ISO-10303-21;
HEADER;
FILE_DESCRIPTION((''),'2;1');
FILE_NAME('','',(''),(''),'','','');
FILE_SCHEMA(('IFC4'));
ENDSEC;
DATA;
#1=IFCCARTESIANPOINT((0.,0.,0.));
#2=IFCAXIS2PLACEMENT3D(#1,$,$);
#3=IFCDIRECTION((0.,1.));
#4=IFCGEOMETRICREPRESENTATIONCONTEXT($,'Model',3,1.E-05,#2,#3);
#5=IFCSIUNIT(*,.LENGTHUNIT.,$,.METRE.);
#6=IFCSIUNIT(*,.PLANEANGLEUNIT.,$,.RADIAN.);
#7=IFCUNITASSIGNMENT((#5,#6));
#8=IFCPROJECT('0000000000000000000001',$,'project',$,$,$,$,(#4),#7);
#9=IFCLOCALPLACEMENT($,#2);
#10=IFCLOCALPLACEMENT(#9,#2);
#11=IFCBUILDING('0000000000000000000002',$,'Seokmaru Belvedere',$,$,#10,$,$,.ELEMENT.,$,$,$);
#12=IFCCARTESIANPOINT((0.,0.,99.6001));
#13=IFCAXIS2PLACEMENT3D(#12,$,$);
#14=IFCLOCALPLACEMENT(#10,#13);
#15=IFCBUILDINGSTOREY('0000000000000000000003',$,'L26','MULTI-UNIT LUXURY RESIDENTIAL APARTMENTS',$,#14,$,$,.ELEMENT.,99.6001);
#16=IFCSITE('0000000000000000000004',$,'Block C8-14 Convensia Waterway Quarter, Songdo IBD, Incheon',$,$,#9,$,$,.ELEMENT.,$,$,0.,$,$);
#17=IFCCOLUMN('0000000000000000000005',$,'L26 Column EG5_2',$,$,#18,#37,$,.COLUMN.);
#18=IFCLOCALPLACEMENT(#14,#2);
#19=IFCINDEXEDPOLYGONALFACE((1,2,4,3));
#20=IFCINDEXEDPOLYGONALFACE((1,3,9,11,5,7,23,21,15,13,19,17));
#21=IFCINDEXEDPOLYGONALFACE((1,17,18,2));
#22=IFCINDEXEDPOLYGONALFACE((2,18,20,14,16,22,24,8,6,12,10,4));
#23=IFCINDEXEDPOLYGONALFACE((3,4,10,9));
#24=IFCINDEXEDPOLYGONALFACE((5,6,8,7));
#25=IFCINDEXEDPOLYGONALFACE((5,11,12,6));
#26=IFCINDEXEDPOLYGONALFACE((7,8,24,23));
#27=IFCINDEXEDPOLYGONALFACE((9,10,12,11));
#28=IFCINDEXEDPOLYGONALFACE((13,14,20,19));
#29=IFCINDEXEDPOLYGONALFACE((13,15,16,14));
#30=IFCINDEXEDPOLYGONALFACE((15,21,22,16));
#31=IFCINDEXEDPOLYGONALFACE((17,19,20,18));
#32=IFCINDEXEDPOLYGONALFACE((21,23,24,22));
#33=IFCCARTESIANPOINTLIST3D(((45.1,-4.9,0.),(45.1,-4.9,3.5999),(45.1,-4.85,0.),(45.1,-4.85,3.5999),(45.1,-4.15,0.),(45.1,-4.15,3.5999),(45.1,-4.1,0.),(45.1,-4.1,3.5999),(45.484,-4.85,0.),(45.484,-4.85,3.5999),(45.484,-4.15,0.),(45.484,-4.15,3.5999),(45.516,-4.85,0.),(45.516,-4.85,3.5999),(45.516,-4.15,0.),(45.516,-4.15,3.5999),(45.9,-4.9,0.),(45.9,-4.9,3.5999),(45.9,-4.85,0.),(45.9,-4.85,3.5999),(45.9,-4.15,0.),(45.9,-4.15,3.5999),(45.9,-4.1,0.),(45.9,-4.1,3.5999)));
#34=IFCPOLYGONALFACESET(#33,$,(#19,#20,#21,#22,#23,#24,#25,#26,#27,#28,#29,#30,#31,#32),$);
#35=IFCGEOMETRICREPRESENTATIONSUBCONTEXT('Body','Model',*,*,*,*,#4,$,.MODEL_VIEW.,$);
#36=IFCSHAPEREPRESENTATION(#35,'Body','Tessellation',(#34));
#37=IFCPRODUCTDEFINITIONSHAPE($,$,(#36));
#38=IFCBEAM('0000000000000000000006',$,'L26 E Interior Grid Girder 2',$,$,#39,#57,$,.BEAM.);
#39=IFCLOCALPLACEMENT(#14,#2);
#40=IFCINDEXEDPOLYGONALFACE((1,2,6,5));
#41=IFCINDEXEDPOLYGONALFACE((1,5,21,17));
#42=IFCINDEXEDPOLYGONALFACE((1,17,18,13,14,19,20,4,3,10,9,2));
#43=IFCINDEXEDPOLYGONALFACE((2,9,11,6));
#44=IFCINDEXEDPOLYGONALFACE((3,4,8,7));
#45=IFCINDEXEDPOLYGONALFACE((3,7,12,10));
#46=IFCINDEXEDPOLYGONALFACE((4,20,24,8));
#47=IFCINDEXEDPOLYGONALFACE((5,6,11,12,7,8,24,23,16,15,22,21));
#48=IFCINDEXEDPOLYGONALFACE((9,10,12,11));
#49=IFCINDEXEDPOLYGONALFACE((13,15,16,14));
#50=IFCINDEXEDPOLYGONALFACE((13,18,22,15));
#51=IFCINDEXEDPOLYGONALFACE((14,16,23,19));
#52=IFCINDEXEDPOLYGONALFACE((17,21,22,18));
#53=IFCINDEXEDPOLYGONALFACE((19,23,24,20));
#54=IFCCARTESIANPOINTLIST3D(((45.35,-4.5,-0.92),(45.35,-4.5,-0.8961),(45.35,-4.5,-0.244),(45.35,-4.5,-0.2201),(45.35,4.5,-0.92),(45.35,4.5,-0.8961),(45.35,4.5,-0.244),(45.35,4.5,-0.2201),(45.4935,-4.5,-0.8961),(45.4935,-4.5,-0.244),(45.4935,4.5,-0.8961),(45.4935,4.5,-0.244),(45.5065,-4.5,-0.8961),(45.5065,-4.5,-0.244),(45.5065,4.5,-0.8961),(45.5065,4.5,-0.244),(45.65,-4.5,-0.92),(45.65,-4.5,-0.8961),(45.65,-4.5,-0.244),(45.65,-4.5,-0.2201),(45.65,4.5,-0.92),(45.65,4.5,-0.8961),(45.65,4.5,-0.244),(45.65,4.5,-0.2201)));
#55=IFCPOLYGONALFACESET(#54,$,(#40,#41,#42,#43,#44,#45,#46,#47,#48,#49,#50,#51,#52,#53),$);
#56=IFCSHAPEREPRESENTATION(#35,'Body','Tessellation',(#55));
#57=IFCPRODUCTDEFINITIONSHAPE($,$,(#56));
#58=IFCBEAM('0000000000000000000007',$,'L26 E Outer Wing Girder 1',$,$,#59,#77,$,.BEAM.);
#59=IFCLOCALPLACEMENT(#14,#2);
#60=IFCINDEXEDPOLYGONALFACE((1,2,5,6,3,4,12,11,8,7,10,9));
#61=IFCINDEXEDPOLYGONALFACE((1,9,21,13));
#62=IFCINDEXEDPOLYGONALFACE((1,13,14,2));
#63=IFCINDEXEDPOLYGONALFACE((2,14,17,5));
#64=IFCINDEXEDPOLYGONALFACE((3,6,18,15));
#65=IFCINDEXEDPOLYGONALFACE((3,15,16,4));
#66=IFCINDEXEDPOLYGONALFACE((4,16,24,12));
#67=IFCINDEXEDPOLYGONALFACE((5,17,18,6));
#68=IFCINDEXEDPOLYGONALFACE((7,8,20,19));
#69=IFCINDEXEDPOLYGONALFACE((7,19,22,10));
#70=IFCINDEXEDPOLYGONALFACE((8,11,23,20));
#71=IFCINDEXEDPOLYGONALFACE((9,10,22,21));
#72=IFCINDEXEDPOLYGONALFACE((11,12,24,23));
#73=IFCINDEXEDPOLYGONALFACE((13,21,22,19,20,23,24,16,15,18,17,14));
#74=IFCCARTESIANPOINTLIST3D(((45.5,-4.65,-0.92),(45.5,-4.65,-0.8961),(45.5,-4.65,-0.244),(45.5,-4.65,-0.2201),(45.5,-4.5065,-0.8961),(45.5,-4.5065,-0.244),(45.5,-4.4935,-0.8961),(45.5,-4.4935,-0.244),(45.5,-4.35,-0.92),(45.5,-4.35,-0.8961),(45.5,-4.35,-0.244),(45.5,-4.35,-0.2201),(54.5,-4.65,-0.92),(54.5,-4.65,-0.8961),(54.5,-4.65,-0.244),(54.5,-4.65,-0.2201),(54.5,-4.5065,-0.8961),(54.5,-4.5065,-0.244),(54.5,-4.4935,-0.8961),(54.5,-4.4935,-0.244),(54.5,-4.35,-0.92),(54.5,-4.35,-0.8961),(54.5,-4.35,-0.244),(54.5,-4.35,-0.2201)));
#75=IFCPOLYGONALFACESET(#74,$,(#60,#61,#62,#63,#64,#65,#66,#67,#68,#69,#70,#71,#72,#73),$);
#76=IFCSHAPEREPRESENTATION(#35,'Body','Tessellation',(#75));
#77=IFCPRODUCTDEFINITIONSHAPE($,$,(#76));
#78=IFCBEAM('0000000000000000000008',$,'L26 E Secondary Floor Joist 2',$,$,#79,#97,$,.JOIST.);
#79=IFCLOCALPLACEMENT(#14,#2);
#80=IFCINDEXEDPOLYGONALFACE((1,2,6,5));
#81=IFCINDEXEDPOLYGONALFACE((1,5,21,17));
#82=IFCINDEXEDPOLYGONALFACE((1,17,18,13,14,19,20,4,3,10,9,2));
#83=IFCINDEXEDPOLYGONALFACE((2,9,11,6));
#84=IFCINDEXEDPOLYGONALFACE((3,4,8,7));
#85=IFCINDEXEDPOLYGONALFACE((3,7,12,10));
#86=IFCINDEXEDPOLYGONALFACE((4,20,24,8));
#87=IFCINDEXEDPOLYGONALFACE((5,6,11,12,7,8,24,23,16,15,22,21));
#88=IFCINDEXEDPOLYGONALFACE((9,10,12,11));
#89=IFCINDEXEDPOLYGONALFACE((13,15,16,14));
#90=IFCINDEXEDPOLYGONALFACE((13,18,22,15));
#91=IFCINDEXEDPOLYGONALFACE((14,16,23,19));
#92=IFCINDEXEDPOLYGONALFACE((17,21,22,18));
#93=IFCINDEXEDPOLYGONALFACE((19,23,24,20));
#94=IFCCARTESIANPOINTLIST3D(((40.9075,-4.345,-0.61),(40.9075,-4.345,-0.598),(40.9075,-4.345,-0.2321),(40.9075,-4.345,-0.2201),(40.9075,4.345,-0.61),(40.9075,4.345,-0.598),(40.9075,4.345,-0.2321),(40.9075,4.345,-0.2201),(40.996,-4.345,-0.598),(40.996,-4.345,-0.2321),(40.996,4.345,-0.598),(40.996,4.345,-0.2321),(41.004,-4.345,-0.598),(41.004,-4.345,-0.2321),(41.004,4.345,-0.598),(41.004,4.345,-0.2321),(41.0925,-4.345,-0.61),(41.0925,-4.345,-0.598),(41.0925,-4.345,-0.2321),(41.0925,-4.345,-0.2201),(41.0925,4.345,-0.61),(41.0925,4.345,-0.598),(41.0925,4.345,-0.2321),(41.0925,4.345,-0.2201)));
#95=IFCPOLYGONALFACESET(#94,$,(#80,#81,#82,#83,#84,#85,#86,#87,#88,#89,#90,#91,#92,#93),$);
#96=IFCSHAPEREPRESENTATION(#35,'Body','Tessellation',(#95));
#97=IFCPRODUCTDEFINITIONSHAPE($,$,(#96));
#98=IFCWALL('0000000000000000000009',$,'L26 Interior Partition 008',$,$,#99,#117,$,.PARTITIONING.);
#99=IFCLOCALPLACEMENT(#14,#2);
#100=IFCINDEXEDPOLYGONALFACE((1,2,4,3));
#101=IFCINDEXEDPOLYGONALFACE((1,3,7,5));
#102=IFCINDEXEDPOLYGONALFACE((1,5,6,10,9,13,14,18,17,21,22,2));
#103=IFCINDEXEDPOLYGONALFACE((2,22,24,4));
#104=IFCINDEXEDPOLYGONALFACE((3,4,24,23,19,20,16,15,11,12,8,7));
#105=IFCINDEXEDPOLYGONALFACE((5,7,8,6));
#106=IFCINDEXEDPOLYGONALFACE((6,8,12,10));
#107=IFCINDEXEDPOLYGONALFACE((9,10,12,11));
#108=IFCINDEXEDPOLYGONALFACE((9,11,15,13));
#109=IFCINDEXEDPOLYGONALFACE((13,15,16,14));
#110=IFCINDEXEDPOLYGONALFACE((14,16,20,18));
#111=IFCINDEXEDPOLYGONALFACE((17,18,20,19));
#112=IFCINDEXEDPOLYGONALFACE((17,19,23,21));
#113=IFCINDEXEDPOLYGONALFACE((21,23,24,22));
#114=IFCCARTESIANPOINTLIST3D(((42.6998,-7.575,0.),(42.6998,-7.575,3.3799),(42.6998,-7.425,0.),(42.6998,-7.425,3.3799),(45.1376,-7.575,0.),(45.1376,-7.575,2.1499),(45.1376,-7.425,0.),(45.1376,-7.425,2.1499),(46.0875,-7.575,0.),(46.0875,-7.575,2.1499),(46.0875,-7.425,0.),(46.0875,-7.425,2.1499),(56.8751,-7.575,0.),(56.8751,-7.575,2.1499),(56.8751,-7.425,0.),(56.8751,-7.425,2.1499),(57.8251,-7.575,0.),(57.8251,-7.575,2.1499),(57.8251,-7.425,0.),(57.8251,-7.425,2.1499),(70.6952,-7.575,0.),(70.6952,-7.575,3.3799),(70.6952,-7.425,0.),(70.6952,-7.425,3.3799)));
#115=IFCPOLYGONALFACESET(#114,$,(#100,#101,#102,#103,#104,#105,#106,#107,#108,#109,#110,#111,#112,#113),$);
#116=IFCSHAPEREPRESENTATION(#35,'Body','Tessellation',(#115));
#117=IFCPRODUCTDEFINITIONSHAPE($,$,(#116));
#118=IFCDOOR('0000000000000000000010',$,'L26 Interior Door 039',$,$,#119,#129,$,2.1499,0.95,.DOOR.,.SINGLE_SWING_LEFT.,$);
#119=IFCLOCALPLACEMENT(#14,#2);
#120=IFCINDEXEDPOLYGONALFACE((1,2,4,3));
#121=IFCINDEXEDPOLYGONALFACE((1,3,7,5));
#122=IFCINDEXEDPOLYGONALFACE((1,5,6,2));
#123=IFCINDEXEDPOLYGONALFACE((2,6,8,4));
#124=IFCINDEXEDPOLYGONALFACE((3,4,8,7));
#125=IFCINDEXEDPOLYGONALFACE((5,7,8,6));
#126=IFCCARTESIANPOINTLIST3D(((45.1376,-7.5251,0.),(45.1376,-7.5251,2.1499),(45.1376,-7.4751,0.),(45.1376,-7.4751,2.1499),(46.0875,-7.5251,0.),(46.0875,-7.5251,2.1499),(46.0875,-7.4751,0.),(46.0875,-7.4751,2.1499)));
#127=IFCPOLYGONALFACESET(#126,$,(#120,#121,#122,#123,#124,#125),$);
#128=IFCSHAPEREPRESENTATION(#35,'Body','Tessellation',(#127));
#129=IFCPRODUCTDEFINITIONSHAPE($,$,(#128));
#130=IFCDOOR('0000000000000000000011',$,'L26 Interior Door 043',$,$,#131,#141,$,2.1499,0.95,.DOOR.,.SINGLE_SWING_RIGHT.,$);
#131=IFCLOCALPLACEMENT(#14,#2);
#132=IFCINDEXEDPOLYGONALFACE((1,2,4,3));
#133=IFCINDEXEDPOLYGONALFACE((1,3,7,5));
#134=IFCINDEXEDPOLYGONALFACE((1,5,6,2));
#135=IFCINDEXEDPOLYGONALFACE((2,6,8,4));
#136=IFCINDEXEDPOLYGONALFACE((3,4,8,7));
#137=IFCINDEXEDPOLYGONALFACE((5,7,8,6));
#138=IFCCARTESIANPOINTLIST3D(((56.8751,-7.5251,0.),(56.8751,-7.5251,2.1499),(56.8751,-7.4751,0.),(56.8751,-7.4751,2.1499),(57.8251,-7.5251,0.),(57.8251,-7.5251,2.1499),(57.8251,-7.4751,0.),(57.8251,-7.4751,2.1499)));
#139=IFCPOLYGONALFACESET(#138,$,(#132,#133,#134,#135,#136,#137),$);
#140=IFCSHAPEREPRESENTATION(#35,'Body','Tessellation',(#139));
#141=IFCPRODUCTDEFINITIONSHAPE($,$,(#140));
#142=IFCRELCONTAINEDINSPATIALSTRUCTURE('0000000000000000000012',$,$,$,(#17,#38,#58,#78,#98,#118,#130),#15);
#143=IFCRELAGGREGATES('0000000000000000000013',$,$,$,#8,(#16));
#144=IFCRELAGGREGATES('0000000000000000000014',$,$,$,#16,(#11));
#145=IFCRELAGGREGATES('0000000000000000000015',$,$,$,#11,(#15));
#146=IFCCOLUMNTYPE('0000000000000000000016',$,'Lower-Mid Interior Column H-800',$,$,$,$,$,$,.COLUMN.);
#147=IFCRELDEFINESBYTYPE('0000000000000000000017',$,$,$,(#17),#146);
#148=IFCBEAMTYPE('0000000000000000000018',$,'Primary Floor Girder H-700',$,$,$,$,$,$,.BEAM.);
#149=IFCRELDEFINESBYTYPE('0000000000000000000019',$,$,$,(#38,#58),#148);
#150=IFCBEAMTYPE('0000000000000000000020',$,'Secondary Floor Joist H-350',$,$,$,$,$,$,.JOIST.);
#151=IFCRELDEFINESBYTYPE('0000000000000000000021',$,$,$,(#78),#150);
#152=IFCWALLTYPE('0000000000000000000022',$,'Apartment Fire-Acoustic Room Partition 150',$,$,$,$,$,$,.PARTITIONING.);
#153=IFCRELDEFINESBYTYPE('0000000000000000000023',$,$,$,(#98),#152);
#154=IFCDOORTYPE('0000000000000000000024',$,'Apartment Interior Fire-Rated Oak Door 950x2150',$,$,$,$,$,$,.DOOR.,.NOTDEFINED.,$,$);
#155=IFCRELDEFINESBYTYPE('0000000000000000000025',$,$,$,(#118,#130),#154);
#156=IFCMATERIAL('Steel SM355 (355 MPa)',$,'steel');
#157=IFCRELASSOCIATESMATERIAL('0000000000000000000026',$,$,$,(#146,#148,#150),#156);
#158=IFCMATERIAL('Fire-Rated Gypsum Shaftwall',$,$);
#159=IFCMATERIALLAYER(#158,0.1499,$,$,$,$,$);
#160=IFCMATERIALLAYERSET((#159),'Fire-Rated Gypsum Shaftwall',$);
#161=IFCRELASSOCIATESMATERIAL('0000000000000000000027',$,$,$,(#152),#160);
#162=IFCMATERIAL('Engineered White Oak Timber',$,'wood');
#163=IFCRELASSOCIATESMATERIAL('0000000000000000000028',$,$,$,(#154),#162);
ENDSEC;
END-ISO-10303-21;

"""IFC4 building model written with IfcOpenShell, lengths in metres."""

from ifc_helpers import new_model, si_unit, direction, frame, frame_2d, origin, origin_2d, place, context, subcontext, project, spatial, rectangle, i_section, extrude, source, transform, mapped, material, layer, layer_set, material_profile, profile_set, type_object, type_shapes, element, fill, save


model = new_model("IFC4")

# Units and contexts
model_context = context("Model", 3, precision=1e-05, world=origin(), true_north=direction((0.0, 1.0)))
body_context = subcontext(model_context, "Body", "Model", "MODEL_VIEW")
ifc_project = project(units=[si_unit("LENGTHUNIT", "METRE"), si_unit("PLANEANGLEUNIT", "RADIAN")], contexts=[model_context])

# Site, building, storey
site_placement = place(None, origin())
site = spatial("IfcSite", under=ifc_project, at=site_placement, Name="Block C8-14 Convensia Waterway Quarter, Songdo IBD, Incheon", CompositionType="ELEMENT", RefElevation=0.0)
building_placement = place(site_placement, origin())
building = spatial("IfcBuilding", under=site, at=building_placement, Name="Seokmaru Belvedere", CompositionType="ELEMENT")
storey_placement = place(building_placement, frame((0.0, 0.0, 99.6001)))
storey = spatial("IfcBuildingStorey", under=building, at=storey_placement, Name="L26", Description="MULTI-UNIT LUXURY RESIDENTIAL APARTMENTS", CompositionType="ELEMENT", Elevation=99.6001)

# Column
ifc_material_1 = material(Name="Steel SM355 (355 MPa)", Category="steel")
ifc_material_profile_1 = material_profile(ifc_material_1, i_section(OverallWidth=0.8, OverallDepth=0.8, WebThickness=0.032, FlangeThickness=0.05, at=origin_2d()), Name="H-800x800x32x50")
ifc_profile_set_1 = profile_set([ifc_material_profile_1], Name="Steel SM355 (355 MPa)")
column_type = type_object("IfcColumnType", Name="Lower-Mid Interior Column H-800", PredefinedType="COLUMN", material=ifc_profile_set_1)
shared_shape_1 = source(origin(), body_context, "Body", "SweptSolid", [
    extrude(i_section(OverallWidth=0.8, OverallDepth=0.8, WebThickness=0.032, FlangeThickness=0.05, at=origin_2d()), origin(), (0.0, 0.0, 1.0), 3.5999),
])
type_shapes(column_type, [shared_shape_1])
column_placement = place(storey_placement, frame((45.5, -4.5, 0.0), z_axis=(0.0, 0.0, 1.0), x_axis=(1.0, 0.0, 0.0)))
element("IfcColumn", 1, at=column_placement, inside=storey, type_object=column_type, Name="L26 Column EG5_2", PredefinedType="COLUMN", context=body_context, shape_type="MappedRepresentation", body=[
    mapped(shared_shape_1, transform((0.0, 0.0, 0.0), scale=1.0)),
])

# Beams
ifc_material_profile_2 = material_profile(ifc_material_1, i_section(OverallWidth=0.3, OverallDepth=0.7, WebThickness=0.0129, FlangeThickness=0.0239, at=origin_2d()), Name="H-700x300x13x24")
ifc_profile_set_2 = profile_set([ifc_material_profile_2], Name="Steel SM355 (355 MPa)")
beam_type_1 = type_object("IfcBeamType", Name="Primary Floor Girder H-700", PredefinedType="BEAM", material=ifc_profile_set_2)
shared_shape_2 = source(origin(), body_context, "Body", "SweptSolid", [
    extrude(i_section(OverallWidth=0.3, OverallDepth=0.7, WebThickness=0.0129, FlangeThickness=0.0239, at=origin_2d()), origin(), (0.0, 0.0, 1.0), 9.0),
])
type_shapes(beam_type_1, [shared_shape_2])
for number, where, z_axis, x_axis, name in (
    (2, (45.5, -4.5, -0.5701), (0.0, 1.0, 0.0), (-1.0, 0.0, 0.0), "L26 E Interior Grid Girder 2"),
    (3, (45.5, -4.5, -0.5701), (1.0, 0.0, 0.0), (0.0, 1.0, 0.0), "L26 E Outer Wing Girder 1"),
):
    element("IfcBeam", number, at=place(storey_placement, frame(where, z_axis=z_axis, x_axis=x_axis)), inside=storey, type_object=beam_type_1, Name=name, PredefinedType="BEAM", context=body_context, shape_type="MappedRepresentation", body=[
        mapped(shared_shape_2, transform((0.0, 0.0, 0.0), scale=1.0)),
    ])
ifc_material_profile_3 = material_profile(ifc_material_1, i_section(OverallWidth=0.1851, OverallDepth=0.3899, WebThickness=0.0081, FlangeThickness=0.012, at=origin_2d()), Name="H-390x185x8x12")
ifc_profile_set_3 = profile_set([ifc_material_profile_3], Name="Steel SM355 (355 MPa)")
beam_type_2 = type_object("IfcBeamType", Name="Secondary Floor Joist H-350", PredefinedType="JOIST", material=ifc_profile_set_3)
shared_shape_3 = source(origin(), body_context, "Body", "SweptSolid", [
    extrude(i_section(OverallWidth=0.1851, OverallDepth=0.3899, WebThickness=0.0081, FlangeThickness=0.012, at=origin_2d()), origin(), (0.0, 0.0, 1.0), 8.6899),
])
type_shapes(beam_type_2, [shared_shape_3])
beam_placement = place(storey_placement, frame((41.0, -4.345, -0.415), z_axis=(0.0, 1.0, 0.0), x_axis=(-1.0, 0.0, 0.0)))
element("IfcBeam", 4, at=beam_placement, inside=storey, type_object=beam_type_2, Name="L26 E Secondary Floor Joist 2", PredefinedType="JOIST", context=body_context, shape_type="MappedRepresentation", body=[
    mapped(shared_shape_3, transform((0.0, 0.0, 0.0), scale=1.0)),
])

# Wall, openings, doors
ifc_material_2 = material(Name="Fire-Rated Gypsum Shaftwall")
ifc_layer_1 = layer(ifc_material_2, 0.1499)
ifc_layer_set_1 = layer_set([ifc_layer_1], Name="Fire-Rated Gypsum Shaftwall")
wall_type_1 = type_object("IfcWallType", Name="Apartment Fire-Acoustic Room Partition 150", PredefinedType="PARTITIONING", material=ifc_layer_set_1)
wall_1_placement = place(storey_placement, frame((42.7, -7.5, 0.0), z_axis=(0.0, 0.0, 1.0), x_axis=(1.0, 0.0, 0.0)))
wall_1 = element("IfcWall", 5, at=wall_1_placement, inside=storey, type_object=wall_type_1, Name="L26 Interior Partition 008", PredefinedType="PARTITIONING", context=body_context, shape_type="SweptSolid", body=[
    extrude(rectangle(XDim=27.9954, YDim=0.1499, at=frame_2d((13.9976, 0.0))), origin(), (0.0, 0.0, 1.0), 3.3799),
])
opening_1_placement = place(wall_1_placement, frame((2.4375, 0.0, 0.0)))
opening_1 = element("IfcOpeningElement", 6, at=opening_1_placement, cuts=wall_1, PredefinedType="OPENING", context=body_context, shape_type="SweptSolid", body=[
    extrude(rectangle(XDim=0.95, YDim=2.1499, at=frame_2d((0.4751, 1.075))), frame((0.0, 0.085, 0.0), z_axis=(0.0, -1.0, 0.0), x_axis=(1.0, 0.0, 0.0)), (0.0, 0.0, 1.0), 0.1699),
])
opening_2_placement = place(wall_1_placement, frame((14.175, 0.0, 0.0)))
opening_2 = element("IfcOpeningElement", 7, at=opening_2_placement, cuts=wall_1, PredefinedType="OPENING", context=body_context, shape_type="SweptSolid", body=[
    extrude(rectangle(XDim=0.95, YDim=2.1499, at=frame_2d((0.4751, 1.075))), frame((0.0, 0.085, 0.0), z_axis=(0.0, -1.0, 0.0), x_axis=(1.0, 0.0, 0.0)), (0.0, 0.0, 1.0), 0.1699),
])
ifc_material_3 = material(Name="Engineered White Oak Timber", Category="wood")
door_type_1 = type_object("IfcDoorType", Name="Apartment Interior Fire-Rated Oak Door 950x2150", OperationType="NOTDEFINED", PredefinedType="DOOR", material=ifc_material_3)
shared_shape_4 = source(origin(), body_context, "Body", "SweptSolid", [
    extrude(rectangle(XDim=0.95, YDim=2.1499, at=frame_2d((0.4751, 1.075))), frame((0.0, 0.0249, 0.0), z_axis=(0.0, -1.0, 0.0), x_axis=(1.0, 0.0, 0.0)), (0.0, 0.0, 1.0), 0.05),
])
type_shapes(door_type_1, [shared_shape_4])
door_1_placement = place(opening_1_placement, origin())
door_1 = element("IfcDoor", 8, at=door_1_placement, inside=storey, type_object=door_type_1, Name="L26 Interior Door 039", OperationType="SINGLE_SWING_LEFT", OverallHeight=2.1499, OverallWidth=0.95, PredefinedType="DOOR", context=body_context, shape_type="MappedRepresentation", body=[
    mapped(shared_shape_4, transform((0.0, 0.0, 0.0), scale=1.0)),
])
fill(opening_1, door_1)
door_2_placement = place(opening_2_placement, origin())
door_2 = element("IfcDoor", 9, at=door_2_placement, inside=storey, type_object=door_type_1, Name="L26 Interior Door 043", OperationType="SINGLE_SWING_RIGHT", OverallHeight=2.1499, OverallWidth=0.95, PredefinedType="DOOR", context=body_context, shape_type="MappedRepresentation", body=[
    mapped(shared_shape_4, transform((0.0, 0.0, 0.0), scale=1.0)),
])
fill(opening_2, door_2)

save(model, "model.ifc")
